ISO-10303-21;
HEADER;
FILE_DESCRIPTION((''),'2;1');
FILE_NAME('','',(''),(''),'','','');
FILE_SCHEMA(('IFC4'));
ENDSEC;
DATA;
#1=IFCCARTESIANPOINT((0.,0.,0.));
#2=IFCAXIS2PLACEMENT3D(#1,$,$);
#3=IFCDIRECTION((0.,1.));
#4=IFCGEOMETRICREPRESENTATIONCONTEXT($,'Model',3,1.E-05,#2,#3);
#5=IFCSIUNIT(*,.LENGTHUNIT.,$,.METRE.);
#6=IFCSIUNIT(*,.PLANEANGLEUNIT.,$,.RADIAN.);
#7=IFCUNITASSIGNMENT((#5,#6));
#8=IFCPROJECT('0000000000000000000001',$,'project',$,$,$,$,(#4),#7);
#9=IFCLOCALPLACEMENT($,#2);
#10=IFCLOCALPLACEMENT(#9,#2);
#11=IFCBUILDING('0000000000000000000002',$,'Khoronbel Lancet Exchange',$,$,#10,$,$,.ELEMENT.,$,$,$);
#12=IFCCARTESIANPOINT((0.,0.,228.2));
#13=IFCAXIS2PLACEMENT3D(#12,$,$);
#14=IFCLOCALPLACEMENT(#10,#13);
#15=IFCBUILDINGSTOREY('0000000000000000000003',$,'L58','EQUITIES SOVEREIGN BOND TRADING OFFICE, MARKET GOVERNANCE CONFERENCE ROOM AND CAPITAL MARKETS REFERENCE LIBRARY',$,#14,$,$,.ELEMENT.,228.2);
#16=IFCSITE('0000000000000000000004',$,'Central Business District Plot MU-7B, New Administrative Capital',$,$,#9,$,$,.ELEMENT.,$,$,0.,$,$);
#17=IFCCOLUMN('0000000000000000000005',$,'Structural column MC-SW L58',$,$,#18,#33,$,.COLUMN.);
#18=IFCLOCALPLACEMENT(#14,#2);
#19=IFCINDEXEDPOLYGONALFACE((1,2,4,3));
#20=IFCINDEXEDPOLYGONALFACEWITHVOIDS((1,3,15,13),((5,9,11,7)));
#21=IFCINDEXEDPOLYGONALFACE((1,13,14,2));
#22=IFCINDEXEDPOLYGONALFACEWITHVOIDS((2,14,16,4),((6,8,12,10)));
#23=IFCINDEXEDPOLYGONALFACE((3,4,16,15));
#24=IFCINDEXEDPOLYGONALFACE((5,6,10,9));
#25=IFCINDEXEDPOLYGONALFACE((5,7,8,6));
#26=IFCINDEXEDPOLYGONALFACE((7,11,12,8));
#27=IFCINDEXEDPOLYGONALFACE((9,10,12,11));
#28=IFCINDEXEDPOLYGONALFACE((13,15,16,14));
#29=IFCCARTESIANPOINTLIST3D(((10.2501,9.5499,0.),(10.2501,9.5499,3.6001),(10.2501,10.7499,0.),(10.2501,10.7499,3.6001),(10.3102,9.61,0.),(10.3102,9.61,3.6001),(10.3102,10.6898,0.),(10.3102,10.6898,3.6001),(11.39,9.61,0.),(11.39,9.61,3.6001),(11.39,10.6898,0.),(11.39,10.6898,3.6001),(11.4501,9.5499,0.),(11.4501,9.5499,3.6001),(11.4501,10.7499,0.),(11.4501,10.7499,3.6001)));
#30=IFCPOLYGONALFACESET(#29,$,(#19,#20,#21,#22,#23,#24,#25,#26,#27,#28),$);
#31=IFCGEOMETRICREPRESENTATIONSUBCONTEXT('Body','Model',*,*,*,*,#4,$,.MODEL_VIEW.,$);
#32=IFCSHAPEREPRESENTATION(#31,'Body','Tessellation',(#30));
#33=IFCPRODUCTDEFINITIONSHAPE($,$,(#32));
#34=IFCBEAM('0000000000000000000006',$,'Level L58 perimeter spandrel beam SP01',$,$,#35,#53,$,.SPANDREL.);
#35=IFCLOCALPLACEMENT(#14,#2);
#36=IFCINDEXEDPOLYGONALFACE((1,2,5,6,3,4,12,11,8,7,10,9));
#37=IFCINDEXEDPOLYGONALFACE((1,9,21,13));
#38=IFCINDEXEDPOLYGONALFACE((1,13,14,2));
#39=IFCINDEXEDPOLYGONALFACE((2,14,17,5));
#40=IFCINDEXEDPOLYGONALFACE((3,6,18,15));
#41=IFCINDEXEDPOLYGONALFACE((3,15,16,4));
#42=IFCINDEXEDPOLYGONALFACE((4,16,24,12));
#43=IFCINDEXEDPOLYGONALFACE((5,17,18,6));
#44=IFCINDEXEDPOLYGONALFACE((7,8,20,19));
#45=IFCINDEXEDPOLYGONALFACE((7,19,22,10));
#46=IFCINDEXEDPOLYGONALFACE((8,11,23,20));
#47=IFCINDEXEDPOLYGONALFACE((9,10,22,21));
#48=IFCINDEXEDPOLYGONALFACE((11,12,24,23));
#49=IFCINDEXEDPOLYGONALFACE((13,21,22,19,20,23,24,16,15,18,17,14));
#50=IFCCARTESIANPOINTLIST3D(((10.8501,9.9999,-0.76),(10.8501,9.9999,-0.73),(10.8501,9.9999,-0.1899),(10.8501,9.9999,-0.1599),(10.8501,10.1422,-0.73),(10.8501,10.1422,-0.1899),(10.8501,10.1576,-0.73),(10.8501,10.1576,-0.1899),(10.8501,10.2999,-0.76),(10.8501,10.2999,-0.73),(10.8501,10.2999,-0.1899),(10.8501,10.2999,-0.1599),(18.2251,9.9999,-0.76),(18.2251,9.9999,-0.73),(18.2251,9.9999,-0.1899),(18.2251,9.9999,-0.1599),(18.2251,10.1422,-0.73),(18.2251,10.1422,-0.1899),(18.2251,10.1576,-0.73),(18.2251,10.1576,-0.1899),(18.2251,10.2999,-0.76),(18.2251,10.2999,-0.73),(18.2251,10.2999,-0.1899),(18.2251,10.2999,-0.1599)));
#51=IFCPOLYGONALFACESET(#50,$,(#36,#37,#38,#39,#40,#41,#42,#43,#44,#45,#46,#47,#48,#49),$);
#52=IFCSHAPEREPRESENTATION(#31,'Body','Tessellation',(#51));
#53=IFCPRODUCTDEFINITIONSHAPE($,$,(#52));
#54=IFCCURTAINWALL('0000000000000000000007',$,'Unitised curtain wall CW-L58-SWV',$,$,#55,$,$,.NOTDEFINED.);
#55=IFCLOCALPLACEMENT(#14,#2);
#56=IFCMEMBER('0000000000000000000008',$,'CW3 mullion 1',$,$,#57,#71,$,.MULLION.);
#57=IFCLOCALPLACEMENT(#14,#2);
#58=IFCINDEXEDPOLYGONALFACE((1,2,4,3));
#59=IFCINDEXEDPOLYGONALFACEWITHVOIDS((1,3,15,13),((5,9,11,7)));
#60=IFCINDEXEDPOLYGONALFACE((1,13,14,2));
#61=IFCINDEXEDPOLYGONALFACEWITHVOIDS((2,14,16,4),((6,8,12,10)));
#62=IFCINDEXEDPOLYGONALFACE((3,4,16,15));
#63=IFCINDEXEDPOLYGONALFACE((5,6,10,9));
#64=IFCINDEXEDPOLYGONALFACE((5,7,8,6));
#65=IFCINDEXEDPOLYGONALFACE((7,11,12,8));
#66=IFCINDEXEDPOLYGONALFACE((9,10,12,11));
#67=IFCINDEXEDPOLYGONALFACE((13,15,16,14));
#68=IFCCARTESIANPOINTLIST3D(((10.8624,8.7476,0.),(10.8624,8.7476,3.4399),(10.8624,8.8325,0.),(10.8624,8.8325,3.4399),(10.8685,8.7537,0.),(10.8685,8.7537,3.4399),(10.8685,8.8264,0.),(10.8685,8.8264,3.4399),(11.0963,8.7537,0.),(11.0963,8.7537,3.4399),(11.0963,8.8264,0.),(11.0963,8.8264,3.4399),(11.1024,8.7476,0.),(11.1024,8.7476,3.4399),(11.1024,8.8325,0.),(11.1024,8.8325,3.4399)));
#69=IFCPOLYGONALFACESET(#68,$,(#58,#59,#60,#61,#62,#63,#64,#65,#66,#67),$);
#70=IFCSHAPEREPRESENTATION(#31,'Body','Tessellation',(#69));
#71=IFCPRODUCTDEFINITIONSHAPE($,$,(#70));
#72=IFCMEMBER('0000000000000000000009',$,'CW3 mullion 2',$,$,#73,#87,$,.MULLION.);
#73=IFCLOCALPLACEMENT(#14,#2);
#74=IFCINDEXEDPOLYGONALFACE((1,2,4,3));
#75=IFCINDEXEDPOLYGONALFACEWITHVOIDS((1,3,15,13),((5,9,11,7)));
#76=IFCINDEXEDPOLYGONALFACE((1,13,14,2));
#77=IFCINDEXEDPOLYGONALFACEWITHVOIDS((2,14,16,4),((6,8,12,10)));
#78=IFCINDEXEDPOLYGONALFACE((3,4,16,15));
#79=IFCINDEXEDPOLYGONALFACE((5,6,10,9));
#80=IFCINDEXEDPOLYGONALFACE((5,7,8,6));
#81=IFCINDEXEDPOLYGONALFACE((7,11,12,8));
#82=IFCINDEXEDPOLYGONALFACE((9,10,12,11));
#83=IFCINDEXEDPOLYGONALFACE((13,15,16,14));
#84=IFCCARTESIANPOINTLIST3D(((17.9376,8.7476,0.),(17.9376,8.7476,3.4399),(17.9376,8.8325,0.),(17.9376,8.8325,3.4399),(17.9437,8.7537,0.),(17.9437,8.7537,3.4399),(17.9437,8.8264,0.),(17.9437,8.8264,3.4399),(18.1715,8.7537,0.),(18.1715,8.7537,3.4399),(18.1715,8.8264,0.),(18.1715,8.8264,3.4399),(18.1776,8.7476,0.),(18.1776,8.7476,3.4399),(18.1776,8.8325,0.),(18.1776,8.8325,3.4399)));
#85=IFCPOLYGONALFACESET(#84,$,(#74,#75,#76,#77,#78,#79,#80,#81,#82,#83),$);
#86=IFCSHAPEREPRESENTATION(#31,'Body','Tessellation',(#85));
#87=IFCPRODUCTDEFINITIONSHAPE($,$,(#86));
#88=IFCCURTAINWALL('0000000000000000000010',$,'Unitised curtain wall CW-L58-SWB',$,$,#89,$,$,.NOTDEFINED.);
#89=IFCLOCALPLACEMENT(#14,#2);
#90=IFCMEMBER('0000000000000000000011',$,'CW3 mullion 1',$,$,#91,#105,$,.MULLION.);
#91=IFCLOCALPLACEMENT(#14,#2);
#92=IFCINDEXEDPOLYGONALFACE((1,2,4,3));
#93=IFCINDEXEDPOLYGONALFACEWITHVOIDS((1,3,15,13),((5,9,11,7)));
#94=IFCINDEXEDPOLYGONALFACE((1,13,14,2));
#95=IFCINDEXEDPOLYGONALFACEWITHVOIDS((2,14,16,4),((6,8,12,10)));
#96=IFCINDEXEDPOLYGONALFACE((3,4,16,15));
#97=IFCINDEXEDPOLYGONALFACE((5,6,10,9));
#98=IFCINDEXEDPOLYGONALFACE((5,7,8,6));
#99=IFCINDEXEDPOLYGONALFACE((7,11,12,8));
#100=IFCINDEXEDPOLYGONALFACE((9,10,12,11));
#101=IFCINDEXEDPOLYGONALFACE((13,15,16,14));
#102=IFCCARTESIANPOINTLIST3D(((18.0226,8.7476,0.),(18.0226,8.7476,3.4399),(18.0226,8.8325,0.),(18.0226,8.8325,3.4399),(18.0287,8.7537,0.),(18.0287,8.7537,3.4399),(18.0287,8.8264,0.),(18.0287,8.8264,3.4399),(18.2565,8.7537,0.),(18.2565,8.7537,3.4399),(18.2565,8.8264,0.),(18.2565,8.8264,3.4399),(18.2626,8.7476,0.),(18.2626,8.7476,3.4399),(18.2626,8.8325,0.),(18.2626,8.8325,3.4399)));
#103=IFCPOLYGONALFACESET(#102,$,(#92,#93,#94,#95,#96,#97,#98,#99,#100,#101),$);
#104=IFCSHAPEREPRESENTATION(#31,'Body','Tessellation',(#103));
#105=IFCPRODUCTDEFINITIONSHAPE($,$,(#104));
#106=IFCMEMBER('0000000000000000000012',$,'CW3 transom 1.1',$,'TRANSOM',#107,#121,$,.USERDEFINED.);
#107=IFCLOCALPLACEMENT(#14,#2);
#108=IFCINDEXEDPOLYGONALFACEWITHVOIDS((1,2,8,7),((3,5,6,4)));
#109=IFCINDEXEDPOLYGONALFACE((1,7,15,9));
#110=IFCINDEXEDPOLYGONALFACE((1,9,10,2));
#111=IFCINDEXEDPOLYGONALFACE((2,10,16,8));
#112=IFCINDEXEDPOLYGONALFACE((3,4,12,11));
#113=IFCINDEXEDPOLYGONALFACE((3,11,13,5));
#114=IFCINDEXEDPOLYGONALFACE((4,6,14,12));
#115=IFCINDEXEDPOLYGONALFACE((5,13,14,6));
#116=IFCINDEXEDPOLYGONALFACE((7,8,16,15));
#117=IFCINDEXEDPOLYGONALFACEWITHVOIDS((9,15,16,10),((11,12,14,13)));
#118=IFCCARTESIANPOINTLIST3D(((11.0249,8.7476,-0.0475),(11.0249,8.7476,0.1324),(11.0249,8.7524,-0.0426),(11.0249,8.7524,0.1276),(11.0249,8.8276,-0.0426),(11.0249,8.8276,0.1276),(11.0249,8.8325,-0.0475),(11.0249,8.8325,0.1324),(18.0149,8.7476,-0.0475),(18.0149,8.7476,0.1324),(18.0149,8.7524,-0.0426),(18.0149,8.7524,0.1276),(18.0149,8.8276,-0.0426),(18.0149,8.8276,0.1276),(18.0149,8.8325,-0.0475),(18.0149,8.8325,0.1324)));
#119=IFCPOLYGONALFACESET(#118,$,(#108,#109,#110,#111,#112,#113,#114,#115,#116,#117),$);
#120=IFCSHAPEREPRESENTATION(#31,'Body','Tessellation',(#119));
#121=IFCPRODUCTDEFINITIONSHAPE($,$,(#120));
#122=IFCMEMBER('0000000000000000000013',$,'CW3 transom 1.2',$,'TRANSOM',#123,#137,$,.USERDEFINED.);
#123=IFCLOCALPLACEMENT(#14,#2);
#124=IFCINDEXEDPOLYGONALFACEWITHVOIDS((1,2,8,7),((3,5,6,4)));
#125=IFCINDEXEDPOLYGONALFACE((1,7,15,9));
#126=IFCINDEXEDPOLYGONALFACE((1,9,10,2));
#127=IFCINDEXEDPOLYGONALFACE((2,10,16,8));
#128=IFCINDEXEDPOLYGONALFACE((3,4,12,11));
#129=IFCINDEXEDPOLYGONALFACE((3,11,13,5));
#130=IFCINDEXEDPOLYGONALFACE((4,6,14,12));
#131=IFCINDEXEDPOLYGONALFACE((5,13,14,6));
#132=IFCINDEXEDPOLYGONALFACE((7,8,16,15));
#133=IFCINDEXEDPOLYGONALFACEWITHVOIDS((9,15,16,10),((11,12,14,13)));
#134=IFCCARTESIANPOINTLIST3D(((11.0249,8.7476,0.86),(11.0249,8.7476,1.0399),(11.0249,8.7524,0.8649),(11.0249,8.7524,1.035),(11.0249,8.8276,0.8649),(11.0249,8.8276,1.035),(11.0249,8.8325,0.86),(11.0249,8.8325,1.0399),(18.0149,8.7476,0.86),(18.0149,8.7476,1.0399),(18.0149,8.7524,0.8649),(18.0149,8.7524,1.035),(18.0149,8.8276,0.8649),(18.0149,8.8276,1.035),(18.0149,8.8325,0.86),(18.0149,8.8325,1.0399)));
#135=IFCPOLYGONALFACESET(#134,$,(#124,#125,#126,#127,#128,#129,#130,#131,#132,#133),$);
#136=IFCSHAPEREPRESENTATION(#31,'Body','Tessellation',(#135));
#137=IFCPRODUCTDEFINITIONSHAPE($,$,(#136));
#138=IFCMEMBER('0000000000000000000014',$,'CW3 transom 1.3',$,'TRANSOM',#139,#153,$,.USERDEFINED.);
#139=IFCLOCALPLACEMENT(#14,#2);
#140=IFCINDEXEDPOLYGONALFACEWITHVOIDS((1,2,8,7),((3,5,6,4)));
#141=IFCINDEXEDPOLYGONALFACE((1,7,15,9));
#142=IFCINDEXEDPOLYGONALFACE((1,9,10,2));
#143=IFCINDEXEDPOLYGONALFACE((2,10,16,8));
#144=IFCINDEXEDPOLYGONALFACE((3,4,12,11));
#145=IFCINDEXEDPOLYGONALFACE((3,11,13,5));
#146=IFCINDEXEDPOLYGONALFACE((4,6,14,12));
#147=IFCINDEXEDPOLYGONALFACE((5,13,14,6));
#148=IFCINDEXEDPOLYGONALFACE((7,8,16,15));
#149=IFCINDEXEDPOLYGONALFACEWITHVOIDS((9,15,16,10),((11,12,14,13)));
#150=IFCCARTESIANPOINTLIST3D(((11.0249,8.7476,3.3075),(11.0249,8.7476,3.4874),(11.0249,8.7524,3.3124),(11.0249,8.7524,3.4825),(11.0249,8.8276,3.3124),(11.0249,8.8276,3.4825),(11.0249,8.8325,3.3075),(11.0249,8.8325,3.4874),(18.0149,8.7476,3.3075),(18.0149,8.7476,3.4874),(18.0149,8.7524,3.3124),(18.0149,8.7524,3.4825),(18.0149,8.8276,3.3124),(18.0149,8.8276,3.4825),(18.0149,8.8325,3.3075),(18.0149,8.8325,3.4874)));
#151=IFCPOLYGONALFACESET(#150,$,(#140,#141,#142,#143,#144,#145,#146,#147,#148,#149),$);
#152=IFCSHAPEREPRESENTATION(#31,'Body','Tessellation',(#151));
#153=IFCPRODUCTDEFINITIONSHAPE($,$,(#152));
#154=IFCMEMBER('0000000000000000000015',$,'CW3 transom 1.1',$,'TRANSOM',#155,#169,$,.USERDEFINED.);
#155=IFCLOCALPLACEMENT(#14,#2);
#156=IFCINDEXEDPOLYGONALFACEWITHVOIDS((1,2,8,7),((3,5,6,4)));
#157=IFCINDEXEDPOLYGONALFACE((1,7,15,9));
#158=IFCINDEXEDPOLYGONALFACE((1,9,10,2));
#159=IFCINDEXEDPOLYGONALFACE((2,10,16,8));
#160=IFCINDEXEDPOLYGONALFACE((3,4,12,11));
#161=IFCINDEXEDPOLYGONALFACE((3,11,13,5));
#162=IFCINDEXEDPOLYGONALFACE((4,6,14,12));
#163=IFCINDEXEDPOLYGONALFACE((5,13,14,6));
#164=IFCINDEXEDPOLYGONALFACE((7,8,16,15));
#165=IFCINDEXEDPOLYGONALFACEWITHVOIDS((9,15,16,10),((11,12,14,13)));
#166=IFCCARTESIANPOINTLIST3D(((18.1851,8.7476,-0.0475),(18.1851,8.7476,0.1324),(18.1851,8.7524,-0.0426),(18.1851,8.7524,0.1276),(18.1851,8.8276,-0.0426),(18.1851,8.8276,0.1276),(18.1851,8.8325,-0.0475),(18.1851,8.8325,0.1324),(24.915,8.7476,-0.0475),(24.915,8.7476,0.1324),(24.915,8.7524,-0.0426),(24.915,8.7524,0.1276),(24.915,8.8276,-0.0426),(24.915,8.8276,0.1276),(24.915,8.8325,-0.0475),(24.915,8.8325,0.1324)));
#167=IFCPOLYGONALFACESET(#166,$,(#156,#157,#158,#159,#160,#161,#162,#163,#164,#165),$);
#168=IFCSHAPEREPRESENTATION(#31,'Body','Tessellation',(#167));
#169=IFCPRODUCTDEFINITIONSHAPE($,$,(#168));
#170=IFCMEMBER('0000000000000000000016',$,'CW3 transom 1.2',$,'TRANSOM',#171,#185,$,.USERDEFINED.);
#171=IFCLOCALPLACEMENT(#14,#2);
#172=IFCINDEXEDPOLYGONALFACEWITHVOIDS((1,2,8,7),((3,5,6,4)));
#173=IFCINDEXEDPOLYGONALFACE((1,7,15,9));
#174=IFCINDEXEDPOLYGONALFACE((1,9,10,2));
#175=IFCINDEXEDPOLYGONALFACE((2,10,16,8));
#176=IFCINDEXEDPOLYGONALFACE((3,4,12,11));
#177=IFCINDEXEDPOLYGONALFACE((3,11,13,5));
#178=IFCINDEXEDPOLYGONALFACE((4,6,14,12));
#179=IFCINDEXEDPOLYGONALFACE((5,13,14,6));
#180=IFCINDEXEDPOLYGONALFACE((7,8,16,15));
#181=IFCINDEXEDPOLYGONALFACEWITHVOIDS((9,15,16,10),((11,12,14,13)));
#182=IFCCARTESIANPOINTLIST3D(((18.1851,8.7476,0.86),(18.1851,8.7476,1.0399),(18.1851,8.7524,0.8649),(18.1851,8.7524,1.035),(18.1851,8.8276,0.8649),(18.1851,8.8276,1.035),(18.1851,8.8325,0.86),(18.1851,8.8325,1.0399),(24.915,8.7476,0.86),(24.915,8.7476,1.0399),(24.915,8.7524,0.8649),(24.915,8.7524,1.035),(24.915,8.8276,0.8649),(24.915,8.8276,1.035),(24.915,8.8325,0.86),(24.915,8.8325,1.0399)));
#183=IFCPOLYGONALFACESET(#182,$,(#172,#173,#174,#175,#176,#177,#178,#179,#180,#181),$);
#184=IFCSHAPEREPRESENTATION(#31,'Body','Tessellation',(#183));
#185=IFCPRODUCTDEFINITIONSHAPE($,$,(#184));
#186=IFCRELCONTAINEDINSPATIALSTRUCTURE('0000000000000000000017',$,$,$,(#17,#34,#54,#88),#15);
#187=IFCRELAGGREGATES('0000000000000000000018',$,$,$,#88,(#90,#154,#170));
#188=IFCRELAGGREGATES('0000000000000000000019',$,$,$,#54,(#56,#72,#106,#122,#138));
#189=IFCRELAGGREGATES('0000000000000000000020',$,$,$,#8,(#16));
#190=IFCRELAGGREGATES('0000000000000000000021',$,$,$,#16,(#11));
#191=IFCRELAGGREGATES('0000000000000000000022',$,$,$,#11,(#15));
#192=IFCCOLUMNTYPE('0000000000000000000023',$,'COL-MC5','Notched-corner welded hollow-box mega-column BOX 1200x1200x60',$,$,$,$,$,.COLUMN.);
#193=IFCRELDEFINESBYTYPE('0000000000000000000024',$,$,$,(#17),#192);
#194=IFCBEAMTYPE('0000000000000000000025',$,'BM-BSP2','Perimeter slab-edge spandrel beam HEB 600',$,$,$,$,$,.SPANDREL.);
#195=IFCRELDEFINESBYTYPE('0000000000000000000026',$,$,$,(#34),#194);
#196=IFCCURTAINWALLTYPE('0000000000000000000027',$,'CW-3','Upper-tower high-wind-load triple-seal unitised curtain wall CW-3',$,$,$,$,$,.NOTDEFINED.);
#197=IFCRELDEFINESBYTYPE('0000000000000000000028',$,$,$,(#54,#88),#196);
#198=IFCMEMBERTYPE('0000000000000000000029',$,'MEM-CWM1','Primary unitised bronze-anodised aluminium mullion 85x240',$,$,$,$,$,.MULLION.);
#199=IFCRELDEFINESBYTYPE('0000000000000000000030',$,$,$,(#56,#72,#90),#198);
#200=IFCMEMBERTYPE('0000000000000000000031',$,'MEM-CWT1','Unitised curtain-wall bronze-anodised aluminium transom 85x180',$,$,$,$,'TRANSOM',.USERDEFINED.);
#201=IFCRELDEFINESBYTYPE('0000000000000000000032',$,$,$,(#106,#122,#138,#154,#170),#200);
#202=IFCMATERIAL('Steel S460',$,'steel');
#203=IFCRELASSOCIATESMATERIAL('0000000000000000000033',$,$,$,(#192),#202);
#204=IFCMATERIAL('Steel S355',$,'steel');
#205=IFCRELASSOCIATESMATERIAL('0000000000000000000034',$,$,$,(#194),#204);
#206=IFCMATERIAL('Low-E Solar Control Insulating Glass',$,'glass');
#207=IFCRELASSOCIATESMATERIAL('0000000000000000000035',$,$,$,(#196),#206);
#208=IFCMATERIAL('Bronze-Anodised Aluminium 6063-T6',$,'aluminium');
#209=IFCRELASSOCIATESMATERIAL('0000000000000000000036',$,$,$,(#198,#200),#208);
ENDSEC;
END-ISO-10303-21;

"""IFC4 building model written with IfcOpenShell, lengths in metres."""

from ifc_helpers import new_model, si_unit, direction, frame, origin, origin_2d, place, context, subcontext, project, spatial, hollow_rectangle, i_section, extrude, material, material_profile, profile_set, type_object, element, aggregate, save


model = new_model("IFC4")

# Units and contexts
model_context = context("Model", 3, precision=1e-05, world=origin(), true_north=direction((0.0, 1.0)))
body_context = subcontext(model_context, "Body", "Model", "MODEL_VIEW")
ifc_project = project(units=[si_unit("LENGTHUNIT", "METRE"), si_unit("PLANEANGLEUNIT", "RADIAN")], contexts=[model_context])

# Site, building, storey
site_placement = place(None, origin())
site = spatial("IfcSite", under=ifc_project, at=site_placement, Name="Central Business District Plot MU-7B, New Administrative Capital", CompositionType="ELEMENT", RefElevation=0.0)
building_placement = place(site_placement, origin())
building = spatial("IfcBuilding", under=site, at=building_placement, Name="Khoronbel Lancet Exchange", CompositionType="ELEMENT")
storey_placement = place(building_placement, frame((0.0, 0.0, 228.2)))
storey = spatial("IfcBuildingStorey", under=building, at=storey_placement, Name="L58", Description="EQUITIES SOVEREIGN BOND TRADING OFFICE, MARKET GOVERNANCE CONFERENCE ROOM AND CAPITAL MARKETS REFERENCE LIBRARY", CompositionType="ELEMENT", Elevation=228.2)

# Column
ifc_material_1 = material(Name="Steel S460", Category="steel")
ifc_material_profile_1 = material_profile(ifc_material_1, hollow_rectangle(XDim=1.2, YDim=1.2, WallThickness=0.0601, at=origin_2d()), Name="BOX 1200x1200x60")
ifc_profile_set_1 = profile_set([ifc_material_profile_1], Name="Steel S460")
column_type = type_object("IfcColumnType", Name="COL-MC5", Description="Notched-corner welded hollow-box mega-column BOX 1200x1200x60", PredefinedType="COLUMN", material=ifc_profile_set_1)
column_placement = place(storey_placement, frame((10.8501, 10.1499, 0.0), z_axis=(0.0, 0.0, 1.0), x_axis=(1.0, 0.0, 0.0)))
element("IfcColumn", 1, at=column_placement, inside=storey, type_object=column_type, Name="Structural column MC-SW L58", PredefinedType="COLUMN", context=body_context, shape_type="SweptSolid", body=[
    extrude(hollow_rectangle(XDim=1.2, YDim=1.2, WallThickness=0.0601, at=origin_2d()), origin(), (0.0, 0.0, 1.0), 3.6001),
])

# Beam
ifc_material_2 = material(Name="Steel S355", Category="steel")
ifc_material_profile_2 = material_profile(ifc_material_2, i_section(OverallWidth=0.3, OverallDepth=0.6001, WebThickness=0.0154, FlangeThickness=0.03, at=origin_2d()), Name="HEB 600")
ifc_profile_set_2 = profile_set([ifc_material_profile_2], Name="Steel S355")
beam_type = type_object("IfcBeamType", Name="BM-BSP2", Description="Perimeter slab-edge spandrel beam HEB 600", PredefinedType="SPANDREL", material=ifc_profile_set_2)
beam_placement = place(storey_placement, frame((10.8501, 10.1499, -0.46), z_axis=(1.0, 0.0, 0.0), x_axis=(0.0, 1.0, 0.0)))
element("IfcBeam", 2, at=beam_placement, inside=storey, type_object=beam_type, Name="Level L58 perimeter spandrel beam SP01", PredefinedType="SPANDREL", context=body_context, shape_type="SweptSolid", body=[
    extrude(i_section(OverallWidth=0.3, OverallDepth=0.6001, WebThickness=0.0154, FlangeThickness=0.03, at=origin_2d()), origin(), (0.0, 0.0, 1.0), 7.375),
])

# Curtain wall, members
ifc_material_3 = material(Name="Low-E Solar Control Insulating Glass", Category="glass")
curtain_wall_type = type_object("IfcCurtainWallType", Name="CW-3", Description="Upper-tower high-wind-load triple-seal unitised curtain wall CW-3", PredefinedType="NOTDEFINED", material=ifc_material_3)
curtain_wall_1_placement = place(storey_placement, origin())
curtain_wall_1 = element("IfcCurtainWall", 3, at=curtain_wall_1_placement, inside=storey, type_object=curtain_wall_type, Name="Unitised curtain wall CW-L58-SWV", PredefinedType="NOTDEFINED")
ifc_material_4 = material(Name="Bronze-Anodised Aluminium 6063-T6", Category="aluminium")
ifc_material_profile_3 = material_profile(ifc_material_4, hollow_rectangle(XDim=0.085, YDim=0.24, WallThickness=0.0061, at=origin_2d()), Name="ALU MULLION 85x240")
ifc_profile_set_3 = profile_set([ifc_material_profile_3], Name="Bronze-Anodised Aluminium 6063-T6")
member_type_1 = type_object("IfcMemberType", Name="MEM-CWM1", Description="Primary unitised bronze-anodised aluminium mullion 85x240", PredefinedType="MULLION", material=ifc_profile_set_3)
member_1_placement = place(storey_placement, frame((10.9824, 8.79, 0.0), z_axis=(0.0, 0.0, 1.0), x_axis=(0.0, 1.0, 0.0)))
member_1 = element("IfcMember", 4, at=member_1_placement, type_object=member_type_1, Name="CW3 mullion 1", PredefinedType="MULLION", context=body_context, shape_type="SweptSolid", body=[
    extrude(hollow_rectangle(XDim=0.085, YDim=0.24, WallThickness=0.0061, at=origin_2d()), origin(), (0.0, 0.0, 1.0), 3.4399),
])
member_2_placement = place(storey_placement, frame((18.0576, 8.79, 0.0), z_axis=(0.0, 0.0, 1.0), x_axis=(0.0, 1.0, 0.0)))
member_2 = element("IfcMember", 5, at=member_2_placement, type_object=member_type_1, Name="CW3 mullion 2", PredefinedType="MULLION", context=body_context, shape_type="SweptSolid", body=[
    extrude(hollow_rectangle(XDim=0.085, YDim=0.24, WallThickness=0.0061, at=origin_2d()), origin(), (0.0, 0.0, 1.0), 3.4399),
])

# Curtain wall, member
curtain_wall_2_placement = place(storey_placement, origin())
curtain_wall_2 = element("IfcCurtainWall", 6, at=curtain_wall_2_placement, inside=storey, type_object=curtain_wall_type, Name="Unitised curtain wall CW-L58-SWB", PredefinedType="NOTDEFINED")
member_3_placement = place(storey_placement, frame((18.1426, 8.79, 0.0), z_axis=(0.0, 0.0, 1.0), x_axis=(0.0, 1.0, 0.0)))
member_3 = element("IfcMember", 7, at=member_3_placement, type_object=member_type_1, Name="CW3 mullion 1", PredefinedType="MULLION", context=body_context, shape_type="SweptSolid", body=[
    extrude(hollow_rectangle(XDim=0.085, YDim=0.24, WallThickness=0.0061, at=origin_2d()), origin(), (0.0, 0.0, 1.0), 3.4399),
])

# Members
ifc_material_profile_4 = material_profile(ifc_material_4, hollow_rectangle(XDim=0.085, YDim=0.1799, WallThickness=0.0049, at=origin_2d()), Name="ALU TRANSOM 85x180")
ifc_profile_set_4 = profile_set([ifc_material_profile_4], Name="Bronze-Anodised Aluminium 6063-T6")
member_type_2 = type_object("IfcMemberType", Name="MEM-CWT1", Description="Unitised curtain-wall bronze-anodised aluminium transom 85x180", ElementType="TRANSOM", PredefinedType="USERDEFINED", material=ifc_profile_set_4)
member_4_placement = place(storey_placement, frame((11.0249, 8.79, 0.0425), z_axis=(1.0, 0.0, 0.0), x_axis=(0.0, 1.0, 0.0)))
member_4 = element("IfcMember", 8, at=member_4_placement, type_object=member_type_2, Name="CW3 transom 1.1", ObjectType="TRANSOM", PredefinedType="USERDEFINED", context=body_context, shape_type="SweptSolid", body=[
    extrude(hollow_rectangle(XDim=0.085, YDim=0.1799, WallThickness=0.0049, at=origin_2d()), origin(), (0.0, 0.0, 1.0), 6.99),
])
member_5_placement = place(storey_placement, frame((11.0249, 8.79, 0.95), z_axis=(1.0, 0.0, 0.0), x_axis=(0.0, 1.0, 0.0)))
member_5 = element("IfcMember", 9, at=member_5_placement, type_object=member_type_2, Name="CW3 transom 1.2", ObjectType="TRANSOM", PredefinedType="USERDEFINED", context=body_context, shape_type="SweptSolid", body=[
    extrude(hollow_rectangle(XDim=0.085, YDim=0.1799, WallThickness=0.0049, at=origin_2d()), origin(), (0.0, 0.0, 1.0), 6.99),
])
member_6_placement = place(storey_placement, frame((11.0249, 8.79, 3.3975), z_axis=(1.0, 0.0, 0.0), x_axis=(0.0, 1.0, 0.0)))
member_6 = element("IfcMember", 10, at=member_6_placement, type_object=member_type_2, Name="CW3 transom 1.3", ObjectType="TRANSOM", PredefinedType="USERDEFINED", context=body_context, shape_type="SweptSolid", body=[
    extrude(hollow_rectangle(XDim=0.085, YDim=0.1799, WallThickness=0.0049, at=origin_2d()), origin(), (0.0, 0.0, 1.0), 6.99),
])
member_7_placement = place(storey_placement, frame((18.1851, 8.79, 0.0425), z_axis=(1.0, 0.0, 0.0), x_axis=(0.0, 1.0, 0.0)))
member_7 = element("IfcMember", 11, at=member_7_placement, type_object=member_type_2, Name="CW3 transom 1.1", ObjectType="TRANSOM", PredefinedType="USERDEFINED", context=body_context, shape_type="SweptSolid", body=[
    extrude(hollow_rectangle(XDim=0.085, YDim=0.1799, WallThickness=0.0049, at=origin_2d()), origin(), (0.0, 0.0, 1.0), 6.73),
])
member_8_placement = place(storey_placement, frame((18.1851, 8.79, 0.95), z_axis=(1.0, 0.0, 0.0), x_axis=(0.0, 1.0, 0.0)))
member_8 = element("IfcMember", 12, at=member_8_placement, type_object=member_type_2, Name="CW3 transom 1.2", ObjectType="TRANSOM", PredefinedType="USERDEFINED", context=body_context, shape_type="SweptSolid", body=[
    extrude(hollow_rectangle(XDim=0.085, YDim=0.1799, WallThickness=0.0049, at=origin_2d()), origin(), (0.0, 0.0, 1.0), 6.73),
])
aggregate(curtain_wall_2, [member_3, member_7, member_8])

aggregate(curtain_wall_1, [member_1, member_2, member_4, member_5, member_6])

save(model, "model.ifc")
